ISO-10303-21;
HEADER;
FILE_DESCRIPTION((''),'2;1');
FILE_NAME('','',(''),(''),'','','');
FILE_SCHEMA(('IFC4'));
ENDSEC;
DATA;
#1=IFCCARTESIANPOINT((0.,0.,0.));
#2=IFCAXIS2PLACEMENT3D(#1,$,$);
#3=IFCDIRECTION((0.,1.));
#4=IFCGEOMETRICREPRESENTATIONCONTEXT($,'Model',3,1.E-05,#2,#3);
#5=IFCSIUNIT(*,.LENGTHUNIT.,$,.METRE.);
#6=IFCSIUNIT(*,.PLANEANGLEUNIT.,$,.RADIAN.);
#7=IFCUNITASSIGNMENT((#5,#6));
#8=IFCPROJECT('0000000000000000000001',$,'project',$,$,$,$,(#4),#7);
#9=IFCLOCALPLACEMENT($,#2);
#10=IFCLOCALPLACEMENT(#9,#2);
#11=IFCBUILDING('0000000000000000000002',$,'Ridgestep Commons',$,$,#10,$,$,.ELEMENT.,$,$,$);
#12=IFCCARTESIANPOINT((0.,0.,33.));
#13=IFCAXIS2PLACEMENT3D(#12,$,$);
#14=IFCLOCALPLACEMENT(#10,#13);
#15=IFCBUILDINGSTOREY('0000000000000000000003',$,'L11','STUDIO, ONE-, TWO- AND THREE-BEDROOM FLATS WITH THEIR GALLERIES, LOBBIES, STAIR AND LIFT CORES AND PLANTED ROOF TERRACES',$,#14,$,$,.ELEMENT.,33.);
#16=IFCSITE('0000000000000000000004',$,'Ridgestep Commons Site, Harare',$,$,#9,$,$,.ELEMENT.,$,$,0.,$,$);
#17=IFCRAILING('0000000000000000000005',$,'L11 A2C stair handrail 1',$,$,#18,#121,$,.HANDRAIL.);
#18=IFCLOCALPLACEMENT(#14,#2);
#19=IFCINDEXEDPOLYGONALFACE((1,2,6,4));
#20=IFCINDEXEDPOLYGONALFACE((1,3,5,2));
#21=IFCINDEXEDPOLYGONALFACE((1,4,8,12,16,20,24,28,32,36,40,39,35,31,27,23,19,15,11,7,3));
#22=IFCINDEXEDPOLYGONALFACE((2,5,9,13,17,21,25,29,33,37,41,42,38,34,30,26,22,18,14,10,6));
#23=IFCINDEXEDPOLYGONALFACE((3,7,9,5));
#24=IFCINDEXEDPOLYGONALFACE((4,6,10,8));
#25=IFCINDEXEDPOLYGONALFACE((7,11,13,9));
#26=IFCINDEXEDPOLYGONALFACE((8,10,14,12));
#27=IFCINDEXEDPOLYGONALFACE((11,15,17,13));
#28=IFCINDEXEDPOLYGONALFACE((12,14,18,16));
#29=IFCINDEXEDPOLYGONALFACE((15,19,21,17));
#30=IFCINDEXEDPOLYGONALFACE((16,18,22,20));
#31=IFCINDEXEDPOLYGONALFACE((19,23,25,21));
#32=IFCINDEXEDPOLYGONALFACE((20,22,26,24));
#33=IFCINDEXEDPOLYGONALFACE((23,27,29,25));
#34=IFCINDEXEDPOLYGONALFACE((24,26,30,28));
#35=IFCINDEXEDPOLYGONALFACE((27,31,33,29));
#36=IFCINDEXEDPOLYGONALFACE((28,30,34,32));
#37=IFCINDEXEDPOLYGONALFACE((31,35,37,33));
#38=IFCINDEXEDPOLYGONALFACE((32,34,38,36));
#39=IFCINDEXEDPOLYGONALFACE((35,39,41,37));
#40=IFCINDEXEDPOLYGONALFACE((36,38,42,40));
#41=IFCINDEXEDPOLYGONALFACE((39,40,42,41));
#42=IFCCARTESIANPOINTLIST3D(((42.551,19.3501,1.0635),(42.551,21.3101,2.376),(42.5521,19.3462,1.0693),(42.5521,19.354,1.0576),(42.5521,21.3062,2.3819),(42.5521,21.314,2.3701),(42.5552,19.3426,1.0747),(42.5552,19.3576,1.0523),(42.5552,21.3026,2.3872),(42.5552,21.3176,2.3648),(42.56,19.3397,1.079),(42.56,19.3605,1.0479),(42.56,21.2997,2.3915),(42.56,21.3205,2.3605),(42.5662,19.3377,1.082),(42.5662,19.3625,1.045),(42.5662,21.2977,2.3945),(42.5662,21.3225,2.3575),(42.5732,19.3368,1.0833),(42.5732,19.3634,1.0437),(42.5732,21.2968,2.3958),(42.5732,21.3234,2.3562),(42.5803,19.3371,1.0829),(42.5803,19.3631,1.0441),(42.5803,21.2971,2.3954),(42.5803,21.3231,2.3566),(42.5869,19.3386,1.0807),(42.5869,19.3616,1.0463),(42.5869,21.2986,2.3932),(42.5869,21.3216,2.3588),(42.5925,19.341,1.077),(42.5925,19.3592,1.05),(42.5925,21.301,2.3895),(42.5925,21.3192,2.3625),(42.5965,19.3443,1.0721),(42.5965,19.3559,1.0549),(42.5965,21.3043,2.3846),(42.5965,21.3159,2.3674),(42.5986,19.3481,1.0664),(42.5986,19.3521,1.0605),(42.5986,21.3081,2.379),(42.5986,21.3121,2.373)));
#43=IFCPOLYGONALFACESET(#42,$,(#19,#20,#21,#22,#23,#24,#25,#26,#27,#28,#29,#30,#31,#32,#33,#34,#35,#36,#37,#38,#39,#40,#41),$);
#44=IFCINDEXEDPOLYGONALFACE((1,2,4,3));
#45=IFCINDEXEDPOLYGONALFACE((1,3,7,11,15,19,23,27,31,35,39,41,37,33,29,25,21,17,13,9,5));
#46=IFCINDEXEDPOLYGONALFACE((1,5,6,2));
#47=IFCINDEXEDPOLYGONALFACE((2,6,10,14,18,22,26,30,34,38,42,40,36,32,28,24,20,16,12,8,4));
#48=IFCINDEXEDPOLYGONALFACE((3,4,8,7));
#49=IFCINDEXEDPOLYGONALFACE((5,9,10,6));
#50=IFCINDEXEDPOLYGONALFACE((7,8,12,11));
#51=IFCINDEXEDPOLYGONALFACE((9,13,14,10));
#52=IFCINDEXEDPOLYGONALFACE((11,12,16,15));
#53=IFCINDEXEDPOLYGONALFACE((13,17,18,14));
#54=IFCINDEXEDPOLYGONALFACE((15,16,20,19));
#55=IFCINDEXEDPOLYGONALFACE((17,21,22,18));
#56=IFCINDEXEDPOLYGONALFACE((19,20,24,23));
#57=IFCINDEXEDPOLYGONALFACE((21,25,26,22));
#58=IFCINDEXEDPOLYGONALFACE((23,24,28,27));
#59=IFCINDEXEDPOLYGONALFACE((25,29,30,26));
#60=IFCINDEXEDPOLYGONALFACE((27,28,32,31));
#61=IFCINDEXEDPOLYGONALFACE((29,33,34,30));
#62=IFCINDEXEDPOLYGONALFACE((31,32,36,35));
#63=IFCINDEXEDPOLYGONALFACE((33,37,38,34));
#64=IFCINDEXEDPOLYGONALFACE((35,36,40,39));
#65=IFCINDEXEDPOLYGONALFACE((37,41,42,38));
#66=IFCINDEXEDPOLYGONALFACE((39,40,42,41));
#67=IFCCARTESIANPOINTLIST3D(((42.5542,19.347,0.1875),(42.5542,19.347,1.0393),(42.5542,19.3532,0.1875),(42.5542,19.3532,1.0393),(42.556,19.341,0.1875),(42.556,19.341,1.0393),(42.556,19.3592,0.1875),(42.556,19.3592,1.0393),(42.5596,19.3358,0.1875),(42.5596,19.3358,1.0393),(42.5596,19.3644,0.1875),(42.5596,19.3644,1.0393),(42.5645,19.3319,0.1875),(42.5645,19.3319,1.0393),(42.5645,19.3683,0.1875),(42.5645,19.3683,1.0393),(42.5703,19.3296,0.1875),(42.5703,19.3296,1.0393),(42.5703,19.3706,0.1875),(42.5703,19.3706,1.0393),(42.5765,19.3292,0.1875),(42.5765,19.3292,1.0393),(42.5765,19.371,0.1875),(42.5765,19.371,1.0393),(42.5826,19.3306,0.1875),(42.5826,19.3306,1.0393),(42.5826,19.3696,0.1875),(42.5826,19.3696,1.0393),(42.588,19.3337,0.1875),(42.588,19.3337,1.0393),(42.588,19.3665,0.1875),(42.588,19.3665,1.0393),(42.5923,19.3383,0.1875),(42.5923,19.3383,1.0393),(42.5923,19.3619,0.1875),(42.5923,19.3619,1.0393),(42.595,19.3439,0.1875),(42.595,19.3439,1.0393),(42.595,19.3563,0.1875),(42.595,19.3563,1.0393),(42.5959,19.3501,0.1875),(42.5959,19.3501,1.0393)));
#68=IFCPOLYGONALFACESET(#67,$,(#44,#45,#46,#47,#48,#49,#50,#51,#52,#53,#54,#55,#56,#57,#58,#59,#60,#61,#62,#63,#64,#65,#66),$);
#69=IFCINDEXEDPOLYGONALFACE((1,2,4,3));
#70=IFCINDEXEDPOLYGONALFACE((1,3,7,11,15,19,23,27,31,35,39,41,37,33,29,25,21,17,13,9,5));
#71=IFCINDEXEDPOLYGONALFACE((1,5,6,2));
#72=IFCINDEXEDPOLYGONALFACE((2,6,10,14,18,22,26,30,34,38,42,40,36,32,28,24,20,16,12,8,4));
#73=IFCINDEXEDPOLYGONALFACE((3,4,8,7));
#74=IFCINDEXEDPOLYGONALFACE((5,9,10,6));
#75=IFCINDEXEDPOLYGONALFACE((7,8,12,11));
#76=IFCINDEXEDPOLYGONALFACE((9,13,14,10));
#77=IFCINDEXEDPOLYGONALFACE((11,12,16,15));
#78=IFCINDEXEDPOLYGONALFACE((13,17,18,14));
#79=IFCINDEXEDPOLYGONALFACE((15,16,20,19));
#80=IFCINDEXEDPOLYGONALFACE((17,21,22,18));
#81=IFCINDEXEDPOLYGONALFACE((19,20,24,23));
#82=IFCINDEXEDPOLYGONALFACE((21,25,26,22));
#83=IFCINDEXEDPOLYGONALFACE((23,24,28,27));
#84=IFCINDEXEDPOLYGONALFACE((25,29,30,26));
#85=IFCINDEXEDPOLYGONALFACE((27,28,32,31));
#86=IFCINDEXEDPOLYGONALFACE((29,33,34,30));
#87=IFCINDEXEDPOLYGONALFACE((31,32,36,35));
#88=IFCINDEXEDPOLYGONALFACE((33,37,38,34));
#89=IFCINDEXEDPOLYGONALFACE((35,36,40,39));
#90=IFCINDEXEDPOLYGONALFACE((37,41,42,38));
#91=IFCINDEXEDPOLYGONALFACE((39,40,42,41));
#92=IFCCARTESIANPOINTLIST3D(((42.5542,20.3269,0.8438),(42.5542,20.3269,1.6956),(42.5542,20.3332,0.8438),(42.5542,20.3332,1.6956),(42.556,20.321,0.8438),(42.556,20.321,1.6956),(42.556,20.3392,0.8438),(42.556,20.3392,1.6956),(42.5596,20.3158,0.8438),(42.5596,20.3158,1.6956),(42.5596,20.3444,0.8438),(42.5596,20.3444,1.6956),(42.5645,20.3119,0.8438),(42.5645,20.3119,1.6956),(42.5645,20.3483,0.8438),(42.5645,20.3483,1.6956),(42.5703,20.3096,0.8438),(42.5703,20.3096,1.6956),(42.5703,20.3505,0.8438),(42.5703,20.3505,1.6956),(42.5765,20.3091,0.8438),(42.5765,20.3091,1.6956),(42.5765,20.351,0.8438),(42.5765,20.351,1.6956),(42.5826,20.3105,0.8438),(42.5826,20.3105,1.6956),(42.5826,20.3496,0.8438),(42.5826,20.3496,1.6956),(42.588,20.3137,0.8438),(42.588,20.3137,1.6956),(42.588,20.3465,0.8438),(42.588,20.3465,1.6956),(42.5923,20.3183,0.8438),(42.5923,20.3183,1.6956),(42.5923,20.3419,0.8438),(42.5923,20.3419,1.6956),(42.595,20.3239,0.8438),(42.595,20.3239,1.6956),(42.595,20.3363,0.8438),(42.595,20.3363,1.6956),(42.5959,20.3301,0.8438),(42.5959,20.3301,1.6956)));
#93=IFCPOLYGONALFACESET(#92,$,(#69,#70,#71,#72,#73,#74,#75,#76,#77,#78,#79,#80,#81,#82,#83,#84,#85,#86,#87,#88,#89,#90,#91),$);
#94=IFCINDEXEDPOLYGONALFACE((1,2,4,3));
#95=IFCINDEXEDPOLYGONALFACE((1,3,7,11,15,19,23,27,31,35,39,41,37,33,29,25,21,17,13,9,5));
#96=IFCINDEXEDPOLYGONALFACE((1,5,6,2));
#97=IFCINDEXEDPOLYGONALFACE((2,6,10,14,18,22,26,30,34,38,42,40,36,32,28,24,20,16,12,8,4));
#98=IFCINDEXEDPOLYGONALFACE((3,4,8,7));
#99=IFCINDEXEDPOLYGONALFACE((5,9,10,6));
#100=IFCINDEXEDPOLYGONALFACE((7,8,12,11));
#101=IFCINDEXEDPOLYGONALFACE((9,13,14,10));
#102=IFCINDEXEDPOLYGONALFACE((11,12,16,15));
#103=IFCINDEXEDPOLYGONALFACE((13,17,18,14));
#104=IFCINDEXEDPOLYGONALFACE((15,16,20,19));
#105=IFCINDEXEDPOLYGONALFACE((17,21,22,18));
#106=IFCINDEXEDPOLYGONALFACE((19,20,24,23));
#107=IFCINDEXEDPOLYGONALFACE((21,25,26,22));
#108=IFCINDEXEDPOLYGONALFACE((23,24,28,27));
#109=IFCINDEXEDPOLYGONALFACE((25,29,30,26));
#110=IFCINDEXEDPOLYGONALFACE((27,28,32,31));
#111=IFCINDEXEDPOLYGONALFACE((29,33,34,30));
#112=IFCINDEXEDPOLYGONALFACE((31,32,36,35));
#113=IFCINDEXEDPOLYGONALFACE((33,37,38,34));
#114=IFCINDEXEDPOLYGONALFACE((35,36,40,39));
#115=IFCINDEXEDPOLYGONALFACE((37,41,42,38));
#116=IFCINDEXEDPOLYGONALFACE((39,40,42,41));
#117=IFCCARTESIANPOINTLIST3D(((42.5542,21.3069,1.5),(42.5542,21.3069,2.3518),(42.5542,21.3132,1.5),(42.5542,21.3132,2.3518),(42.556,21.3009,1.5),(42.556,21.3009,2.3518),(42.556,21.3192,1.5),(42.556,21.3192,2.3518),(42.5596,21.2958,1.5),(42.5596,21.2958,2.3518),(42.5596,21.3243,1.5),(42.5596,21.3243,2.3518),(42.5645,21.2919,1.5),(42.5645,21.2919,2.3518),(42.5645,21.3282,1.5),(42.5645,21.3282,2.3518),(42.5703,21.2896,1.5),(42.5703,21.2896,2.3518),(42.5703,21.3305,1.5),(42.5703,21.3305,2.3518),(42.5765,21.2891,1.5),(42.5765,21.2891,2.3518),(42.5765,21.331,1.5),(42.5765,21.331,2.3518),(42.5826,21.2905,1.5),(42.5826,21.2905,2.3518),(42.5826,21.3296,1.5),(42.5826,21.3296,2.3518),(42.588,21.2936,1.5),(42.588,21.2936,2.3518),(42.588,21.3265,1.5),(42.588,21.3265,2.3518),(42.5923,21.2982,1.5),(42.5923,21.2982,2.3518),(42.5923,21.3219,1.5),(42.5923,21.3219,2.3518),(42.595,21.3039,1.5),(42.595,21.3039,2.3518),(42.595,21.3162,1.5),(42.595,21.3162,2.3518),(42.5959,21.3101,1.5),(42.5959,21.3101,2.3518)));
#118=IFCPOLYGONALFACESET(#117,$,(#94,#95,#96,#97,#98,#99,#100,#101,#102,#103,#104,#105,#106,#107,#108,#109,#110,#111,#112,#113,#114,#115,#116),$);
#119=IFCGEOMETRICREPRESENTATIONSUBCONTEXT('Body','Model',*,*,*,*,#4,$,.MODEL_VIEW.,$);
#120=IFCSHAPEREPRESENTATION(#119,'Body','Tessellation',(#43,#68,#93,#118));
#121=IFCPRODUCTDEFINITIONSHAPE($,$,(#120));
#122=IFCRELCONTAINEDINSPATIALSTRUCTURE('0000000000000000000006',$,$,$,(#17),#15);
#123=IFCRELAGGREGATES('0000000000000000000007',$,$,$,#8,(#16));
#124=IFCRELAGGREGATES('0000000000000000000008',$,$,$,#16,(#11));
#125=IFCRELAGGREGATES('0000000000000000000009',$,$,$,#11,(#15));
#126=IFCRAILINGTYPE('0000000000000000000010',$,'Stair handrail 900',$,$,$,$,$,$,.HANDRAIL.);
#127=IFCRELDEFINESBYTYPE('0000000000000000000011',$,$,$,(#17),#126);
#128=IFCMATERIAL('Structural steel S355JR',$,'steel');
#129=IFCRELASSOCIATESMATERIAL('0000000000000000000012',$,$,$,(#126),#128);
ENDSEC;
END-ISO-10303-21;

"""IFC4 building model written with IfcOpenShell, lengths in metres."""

from ifc_helpers import new_model, si_unit, direction, frame, origin, origin_2d, place, context, subcontext, project, spatial, circle, extrude, material, type_object, element, save


model = new_model("IFC4")

# Units and contexts
model_context = context("Model", 3, precision=1e-05, world=origin(), true_north=direction((0.0, 1.0)))
body_context = subcontext(model_context, "Body", "Model", "MODEL_VIEW")
ifc_project = project(units=[si_unit("LENGTHUNIT", "METRE"), si_unit("PLANEANGLEUNIT", "RADIAN")], contexts=[model_context])

# Site, building, storey
site_placement = place(None, origin())
site = spatial("IfcSite", under=ifc_project, at=site_placement, Name="Ridgestep Commons Site, Harare", CompositionType="ELEMENT", RefElevation=0.0)
building_placement = place(site_placement, origin())
building = spatial("IfcBuilding", under=site, at=building_placement, Name="Ridgestep Commons", CompositionType="ELEMENT")
storey_placement = place(building_placement, frame((0.0, 0.0, 33.0)))
storey = spatial("IfcBuildingStorey", under=building, at=storey_placement, Name="L11", Description="STUDIO, ONE-, TWO- AND THREE-BEDROOM FLATS WITH THEIR GALLERIES, LOBBIES, STAIR AND LIFT CORES AND PLANTED ROOF TERRACES", CompositionType="ELEMENT", Elevation=33.0)

# Railing
ifc_material_1 = material(Name="Structural steel S355JR", Category="steel")
railing_type_1 = type_object("IfcRailingType", Name="Stair handrail 900", PredefinedType="HANDRAIL", material=ifc_material_1)
railing_1_placement = place(storey_placement, frame((42.575, 19.3501, 0.1875)))
element("IfcRailing", 1, at=railing_1_placement, inside=storey, type_object=railing_type_1, Name="L11 A2C stair handrail 1", PredefinedType="HANDRAIL", context=body_context, shape_type="SweptSolid", body=[
    extrude(circle(Radius=0.0239, at=origin_2d()), frame((0.0, 0.0, 0.876), z_axis=(0.0, 0.830902, 0.556419), x_axis=(-1.0, 0.0, 0.0)), (0.0, 0.0, 1.0), 2.3589),
    extrude(circle(Radius=0.021, at=origin_2d()), origin(), (0.0, 0.0, 1.0), 0.8518),
    extrude(circle(Radius=0.021, at=origin_2d()), frame((0.0, 0.98, 0.6562)), (0.0, 0.0, 1.0), 0.8518),
    extrude(circle(Radius=0.021, at=origin_2d()), frame((0.0, 1.96, 1.3125)), (0.0, 0.0, 1.0), 0.8518),
])

save(model, "model.ifc")
